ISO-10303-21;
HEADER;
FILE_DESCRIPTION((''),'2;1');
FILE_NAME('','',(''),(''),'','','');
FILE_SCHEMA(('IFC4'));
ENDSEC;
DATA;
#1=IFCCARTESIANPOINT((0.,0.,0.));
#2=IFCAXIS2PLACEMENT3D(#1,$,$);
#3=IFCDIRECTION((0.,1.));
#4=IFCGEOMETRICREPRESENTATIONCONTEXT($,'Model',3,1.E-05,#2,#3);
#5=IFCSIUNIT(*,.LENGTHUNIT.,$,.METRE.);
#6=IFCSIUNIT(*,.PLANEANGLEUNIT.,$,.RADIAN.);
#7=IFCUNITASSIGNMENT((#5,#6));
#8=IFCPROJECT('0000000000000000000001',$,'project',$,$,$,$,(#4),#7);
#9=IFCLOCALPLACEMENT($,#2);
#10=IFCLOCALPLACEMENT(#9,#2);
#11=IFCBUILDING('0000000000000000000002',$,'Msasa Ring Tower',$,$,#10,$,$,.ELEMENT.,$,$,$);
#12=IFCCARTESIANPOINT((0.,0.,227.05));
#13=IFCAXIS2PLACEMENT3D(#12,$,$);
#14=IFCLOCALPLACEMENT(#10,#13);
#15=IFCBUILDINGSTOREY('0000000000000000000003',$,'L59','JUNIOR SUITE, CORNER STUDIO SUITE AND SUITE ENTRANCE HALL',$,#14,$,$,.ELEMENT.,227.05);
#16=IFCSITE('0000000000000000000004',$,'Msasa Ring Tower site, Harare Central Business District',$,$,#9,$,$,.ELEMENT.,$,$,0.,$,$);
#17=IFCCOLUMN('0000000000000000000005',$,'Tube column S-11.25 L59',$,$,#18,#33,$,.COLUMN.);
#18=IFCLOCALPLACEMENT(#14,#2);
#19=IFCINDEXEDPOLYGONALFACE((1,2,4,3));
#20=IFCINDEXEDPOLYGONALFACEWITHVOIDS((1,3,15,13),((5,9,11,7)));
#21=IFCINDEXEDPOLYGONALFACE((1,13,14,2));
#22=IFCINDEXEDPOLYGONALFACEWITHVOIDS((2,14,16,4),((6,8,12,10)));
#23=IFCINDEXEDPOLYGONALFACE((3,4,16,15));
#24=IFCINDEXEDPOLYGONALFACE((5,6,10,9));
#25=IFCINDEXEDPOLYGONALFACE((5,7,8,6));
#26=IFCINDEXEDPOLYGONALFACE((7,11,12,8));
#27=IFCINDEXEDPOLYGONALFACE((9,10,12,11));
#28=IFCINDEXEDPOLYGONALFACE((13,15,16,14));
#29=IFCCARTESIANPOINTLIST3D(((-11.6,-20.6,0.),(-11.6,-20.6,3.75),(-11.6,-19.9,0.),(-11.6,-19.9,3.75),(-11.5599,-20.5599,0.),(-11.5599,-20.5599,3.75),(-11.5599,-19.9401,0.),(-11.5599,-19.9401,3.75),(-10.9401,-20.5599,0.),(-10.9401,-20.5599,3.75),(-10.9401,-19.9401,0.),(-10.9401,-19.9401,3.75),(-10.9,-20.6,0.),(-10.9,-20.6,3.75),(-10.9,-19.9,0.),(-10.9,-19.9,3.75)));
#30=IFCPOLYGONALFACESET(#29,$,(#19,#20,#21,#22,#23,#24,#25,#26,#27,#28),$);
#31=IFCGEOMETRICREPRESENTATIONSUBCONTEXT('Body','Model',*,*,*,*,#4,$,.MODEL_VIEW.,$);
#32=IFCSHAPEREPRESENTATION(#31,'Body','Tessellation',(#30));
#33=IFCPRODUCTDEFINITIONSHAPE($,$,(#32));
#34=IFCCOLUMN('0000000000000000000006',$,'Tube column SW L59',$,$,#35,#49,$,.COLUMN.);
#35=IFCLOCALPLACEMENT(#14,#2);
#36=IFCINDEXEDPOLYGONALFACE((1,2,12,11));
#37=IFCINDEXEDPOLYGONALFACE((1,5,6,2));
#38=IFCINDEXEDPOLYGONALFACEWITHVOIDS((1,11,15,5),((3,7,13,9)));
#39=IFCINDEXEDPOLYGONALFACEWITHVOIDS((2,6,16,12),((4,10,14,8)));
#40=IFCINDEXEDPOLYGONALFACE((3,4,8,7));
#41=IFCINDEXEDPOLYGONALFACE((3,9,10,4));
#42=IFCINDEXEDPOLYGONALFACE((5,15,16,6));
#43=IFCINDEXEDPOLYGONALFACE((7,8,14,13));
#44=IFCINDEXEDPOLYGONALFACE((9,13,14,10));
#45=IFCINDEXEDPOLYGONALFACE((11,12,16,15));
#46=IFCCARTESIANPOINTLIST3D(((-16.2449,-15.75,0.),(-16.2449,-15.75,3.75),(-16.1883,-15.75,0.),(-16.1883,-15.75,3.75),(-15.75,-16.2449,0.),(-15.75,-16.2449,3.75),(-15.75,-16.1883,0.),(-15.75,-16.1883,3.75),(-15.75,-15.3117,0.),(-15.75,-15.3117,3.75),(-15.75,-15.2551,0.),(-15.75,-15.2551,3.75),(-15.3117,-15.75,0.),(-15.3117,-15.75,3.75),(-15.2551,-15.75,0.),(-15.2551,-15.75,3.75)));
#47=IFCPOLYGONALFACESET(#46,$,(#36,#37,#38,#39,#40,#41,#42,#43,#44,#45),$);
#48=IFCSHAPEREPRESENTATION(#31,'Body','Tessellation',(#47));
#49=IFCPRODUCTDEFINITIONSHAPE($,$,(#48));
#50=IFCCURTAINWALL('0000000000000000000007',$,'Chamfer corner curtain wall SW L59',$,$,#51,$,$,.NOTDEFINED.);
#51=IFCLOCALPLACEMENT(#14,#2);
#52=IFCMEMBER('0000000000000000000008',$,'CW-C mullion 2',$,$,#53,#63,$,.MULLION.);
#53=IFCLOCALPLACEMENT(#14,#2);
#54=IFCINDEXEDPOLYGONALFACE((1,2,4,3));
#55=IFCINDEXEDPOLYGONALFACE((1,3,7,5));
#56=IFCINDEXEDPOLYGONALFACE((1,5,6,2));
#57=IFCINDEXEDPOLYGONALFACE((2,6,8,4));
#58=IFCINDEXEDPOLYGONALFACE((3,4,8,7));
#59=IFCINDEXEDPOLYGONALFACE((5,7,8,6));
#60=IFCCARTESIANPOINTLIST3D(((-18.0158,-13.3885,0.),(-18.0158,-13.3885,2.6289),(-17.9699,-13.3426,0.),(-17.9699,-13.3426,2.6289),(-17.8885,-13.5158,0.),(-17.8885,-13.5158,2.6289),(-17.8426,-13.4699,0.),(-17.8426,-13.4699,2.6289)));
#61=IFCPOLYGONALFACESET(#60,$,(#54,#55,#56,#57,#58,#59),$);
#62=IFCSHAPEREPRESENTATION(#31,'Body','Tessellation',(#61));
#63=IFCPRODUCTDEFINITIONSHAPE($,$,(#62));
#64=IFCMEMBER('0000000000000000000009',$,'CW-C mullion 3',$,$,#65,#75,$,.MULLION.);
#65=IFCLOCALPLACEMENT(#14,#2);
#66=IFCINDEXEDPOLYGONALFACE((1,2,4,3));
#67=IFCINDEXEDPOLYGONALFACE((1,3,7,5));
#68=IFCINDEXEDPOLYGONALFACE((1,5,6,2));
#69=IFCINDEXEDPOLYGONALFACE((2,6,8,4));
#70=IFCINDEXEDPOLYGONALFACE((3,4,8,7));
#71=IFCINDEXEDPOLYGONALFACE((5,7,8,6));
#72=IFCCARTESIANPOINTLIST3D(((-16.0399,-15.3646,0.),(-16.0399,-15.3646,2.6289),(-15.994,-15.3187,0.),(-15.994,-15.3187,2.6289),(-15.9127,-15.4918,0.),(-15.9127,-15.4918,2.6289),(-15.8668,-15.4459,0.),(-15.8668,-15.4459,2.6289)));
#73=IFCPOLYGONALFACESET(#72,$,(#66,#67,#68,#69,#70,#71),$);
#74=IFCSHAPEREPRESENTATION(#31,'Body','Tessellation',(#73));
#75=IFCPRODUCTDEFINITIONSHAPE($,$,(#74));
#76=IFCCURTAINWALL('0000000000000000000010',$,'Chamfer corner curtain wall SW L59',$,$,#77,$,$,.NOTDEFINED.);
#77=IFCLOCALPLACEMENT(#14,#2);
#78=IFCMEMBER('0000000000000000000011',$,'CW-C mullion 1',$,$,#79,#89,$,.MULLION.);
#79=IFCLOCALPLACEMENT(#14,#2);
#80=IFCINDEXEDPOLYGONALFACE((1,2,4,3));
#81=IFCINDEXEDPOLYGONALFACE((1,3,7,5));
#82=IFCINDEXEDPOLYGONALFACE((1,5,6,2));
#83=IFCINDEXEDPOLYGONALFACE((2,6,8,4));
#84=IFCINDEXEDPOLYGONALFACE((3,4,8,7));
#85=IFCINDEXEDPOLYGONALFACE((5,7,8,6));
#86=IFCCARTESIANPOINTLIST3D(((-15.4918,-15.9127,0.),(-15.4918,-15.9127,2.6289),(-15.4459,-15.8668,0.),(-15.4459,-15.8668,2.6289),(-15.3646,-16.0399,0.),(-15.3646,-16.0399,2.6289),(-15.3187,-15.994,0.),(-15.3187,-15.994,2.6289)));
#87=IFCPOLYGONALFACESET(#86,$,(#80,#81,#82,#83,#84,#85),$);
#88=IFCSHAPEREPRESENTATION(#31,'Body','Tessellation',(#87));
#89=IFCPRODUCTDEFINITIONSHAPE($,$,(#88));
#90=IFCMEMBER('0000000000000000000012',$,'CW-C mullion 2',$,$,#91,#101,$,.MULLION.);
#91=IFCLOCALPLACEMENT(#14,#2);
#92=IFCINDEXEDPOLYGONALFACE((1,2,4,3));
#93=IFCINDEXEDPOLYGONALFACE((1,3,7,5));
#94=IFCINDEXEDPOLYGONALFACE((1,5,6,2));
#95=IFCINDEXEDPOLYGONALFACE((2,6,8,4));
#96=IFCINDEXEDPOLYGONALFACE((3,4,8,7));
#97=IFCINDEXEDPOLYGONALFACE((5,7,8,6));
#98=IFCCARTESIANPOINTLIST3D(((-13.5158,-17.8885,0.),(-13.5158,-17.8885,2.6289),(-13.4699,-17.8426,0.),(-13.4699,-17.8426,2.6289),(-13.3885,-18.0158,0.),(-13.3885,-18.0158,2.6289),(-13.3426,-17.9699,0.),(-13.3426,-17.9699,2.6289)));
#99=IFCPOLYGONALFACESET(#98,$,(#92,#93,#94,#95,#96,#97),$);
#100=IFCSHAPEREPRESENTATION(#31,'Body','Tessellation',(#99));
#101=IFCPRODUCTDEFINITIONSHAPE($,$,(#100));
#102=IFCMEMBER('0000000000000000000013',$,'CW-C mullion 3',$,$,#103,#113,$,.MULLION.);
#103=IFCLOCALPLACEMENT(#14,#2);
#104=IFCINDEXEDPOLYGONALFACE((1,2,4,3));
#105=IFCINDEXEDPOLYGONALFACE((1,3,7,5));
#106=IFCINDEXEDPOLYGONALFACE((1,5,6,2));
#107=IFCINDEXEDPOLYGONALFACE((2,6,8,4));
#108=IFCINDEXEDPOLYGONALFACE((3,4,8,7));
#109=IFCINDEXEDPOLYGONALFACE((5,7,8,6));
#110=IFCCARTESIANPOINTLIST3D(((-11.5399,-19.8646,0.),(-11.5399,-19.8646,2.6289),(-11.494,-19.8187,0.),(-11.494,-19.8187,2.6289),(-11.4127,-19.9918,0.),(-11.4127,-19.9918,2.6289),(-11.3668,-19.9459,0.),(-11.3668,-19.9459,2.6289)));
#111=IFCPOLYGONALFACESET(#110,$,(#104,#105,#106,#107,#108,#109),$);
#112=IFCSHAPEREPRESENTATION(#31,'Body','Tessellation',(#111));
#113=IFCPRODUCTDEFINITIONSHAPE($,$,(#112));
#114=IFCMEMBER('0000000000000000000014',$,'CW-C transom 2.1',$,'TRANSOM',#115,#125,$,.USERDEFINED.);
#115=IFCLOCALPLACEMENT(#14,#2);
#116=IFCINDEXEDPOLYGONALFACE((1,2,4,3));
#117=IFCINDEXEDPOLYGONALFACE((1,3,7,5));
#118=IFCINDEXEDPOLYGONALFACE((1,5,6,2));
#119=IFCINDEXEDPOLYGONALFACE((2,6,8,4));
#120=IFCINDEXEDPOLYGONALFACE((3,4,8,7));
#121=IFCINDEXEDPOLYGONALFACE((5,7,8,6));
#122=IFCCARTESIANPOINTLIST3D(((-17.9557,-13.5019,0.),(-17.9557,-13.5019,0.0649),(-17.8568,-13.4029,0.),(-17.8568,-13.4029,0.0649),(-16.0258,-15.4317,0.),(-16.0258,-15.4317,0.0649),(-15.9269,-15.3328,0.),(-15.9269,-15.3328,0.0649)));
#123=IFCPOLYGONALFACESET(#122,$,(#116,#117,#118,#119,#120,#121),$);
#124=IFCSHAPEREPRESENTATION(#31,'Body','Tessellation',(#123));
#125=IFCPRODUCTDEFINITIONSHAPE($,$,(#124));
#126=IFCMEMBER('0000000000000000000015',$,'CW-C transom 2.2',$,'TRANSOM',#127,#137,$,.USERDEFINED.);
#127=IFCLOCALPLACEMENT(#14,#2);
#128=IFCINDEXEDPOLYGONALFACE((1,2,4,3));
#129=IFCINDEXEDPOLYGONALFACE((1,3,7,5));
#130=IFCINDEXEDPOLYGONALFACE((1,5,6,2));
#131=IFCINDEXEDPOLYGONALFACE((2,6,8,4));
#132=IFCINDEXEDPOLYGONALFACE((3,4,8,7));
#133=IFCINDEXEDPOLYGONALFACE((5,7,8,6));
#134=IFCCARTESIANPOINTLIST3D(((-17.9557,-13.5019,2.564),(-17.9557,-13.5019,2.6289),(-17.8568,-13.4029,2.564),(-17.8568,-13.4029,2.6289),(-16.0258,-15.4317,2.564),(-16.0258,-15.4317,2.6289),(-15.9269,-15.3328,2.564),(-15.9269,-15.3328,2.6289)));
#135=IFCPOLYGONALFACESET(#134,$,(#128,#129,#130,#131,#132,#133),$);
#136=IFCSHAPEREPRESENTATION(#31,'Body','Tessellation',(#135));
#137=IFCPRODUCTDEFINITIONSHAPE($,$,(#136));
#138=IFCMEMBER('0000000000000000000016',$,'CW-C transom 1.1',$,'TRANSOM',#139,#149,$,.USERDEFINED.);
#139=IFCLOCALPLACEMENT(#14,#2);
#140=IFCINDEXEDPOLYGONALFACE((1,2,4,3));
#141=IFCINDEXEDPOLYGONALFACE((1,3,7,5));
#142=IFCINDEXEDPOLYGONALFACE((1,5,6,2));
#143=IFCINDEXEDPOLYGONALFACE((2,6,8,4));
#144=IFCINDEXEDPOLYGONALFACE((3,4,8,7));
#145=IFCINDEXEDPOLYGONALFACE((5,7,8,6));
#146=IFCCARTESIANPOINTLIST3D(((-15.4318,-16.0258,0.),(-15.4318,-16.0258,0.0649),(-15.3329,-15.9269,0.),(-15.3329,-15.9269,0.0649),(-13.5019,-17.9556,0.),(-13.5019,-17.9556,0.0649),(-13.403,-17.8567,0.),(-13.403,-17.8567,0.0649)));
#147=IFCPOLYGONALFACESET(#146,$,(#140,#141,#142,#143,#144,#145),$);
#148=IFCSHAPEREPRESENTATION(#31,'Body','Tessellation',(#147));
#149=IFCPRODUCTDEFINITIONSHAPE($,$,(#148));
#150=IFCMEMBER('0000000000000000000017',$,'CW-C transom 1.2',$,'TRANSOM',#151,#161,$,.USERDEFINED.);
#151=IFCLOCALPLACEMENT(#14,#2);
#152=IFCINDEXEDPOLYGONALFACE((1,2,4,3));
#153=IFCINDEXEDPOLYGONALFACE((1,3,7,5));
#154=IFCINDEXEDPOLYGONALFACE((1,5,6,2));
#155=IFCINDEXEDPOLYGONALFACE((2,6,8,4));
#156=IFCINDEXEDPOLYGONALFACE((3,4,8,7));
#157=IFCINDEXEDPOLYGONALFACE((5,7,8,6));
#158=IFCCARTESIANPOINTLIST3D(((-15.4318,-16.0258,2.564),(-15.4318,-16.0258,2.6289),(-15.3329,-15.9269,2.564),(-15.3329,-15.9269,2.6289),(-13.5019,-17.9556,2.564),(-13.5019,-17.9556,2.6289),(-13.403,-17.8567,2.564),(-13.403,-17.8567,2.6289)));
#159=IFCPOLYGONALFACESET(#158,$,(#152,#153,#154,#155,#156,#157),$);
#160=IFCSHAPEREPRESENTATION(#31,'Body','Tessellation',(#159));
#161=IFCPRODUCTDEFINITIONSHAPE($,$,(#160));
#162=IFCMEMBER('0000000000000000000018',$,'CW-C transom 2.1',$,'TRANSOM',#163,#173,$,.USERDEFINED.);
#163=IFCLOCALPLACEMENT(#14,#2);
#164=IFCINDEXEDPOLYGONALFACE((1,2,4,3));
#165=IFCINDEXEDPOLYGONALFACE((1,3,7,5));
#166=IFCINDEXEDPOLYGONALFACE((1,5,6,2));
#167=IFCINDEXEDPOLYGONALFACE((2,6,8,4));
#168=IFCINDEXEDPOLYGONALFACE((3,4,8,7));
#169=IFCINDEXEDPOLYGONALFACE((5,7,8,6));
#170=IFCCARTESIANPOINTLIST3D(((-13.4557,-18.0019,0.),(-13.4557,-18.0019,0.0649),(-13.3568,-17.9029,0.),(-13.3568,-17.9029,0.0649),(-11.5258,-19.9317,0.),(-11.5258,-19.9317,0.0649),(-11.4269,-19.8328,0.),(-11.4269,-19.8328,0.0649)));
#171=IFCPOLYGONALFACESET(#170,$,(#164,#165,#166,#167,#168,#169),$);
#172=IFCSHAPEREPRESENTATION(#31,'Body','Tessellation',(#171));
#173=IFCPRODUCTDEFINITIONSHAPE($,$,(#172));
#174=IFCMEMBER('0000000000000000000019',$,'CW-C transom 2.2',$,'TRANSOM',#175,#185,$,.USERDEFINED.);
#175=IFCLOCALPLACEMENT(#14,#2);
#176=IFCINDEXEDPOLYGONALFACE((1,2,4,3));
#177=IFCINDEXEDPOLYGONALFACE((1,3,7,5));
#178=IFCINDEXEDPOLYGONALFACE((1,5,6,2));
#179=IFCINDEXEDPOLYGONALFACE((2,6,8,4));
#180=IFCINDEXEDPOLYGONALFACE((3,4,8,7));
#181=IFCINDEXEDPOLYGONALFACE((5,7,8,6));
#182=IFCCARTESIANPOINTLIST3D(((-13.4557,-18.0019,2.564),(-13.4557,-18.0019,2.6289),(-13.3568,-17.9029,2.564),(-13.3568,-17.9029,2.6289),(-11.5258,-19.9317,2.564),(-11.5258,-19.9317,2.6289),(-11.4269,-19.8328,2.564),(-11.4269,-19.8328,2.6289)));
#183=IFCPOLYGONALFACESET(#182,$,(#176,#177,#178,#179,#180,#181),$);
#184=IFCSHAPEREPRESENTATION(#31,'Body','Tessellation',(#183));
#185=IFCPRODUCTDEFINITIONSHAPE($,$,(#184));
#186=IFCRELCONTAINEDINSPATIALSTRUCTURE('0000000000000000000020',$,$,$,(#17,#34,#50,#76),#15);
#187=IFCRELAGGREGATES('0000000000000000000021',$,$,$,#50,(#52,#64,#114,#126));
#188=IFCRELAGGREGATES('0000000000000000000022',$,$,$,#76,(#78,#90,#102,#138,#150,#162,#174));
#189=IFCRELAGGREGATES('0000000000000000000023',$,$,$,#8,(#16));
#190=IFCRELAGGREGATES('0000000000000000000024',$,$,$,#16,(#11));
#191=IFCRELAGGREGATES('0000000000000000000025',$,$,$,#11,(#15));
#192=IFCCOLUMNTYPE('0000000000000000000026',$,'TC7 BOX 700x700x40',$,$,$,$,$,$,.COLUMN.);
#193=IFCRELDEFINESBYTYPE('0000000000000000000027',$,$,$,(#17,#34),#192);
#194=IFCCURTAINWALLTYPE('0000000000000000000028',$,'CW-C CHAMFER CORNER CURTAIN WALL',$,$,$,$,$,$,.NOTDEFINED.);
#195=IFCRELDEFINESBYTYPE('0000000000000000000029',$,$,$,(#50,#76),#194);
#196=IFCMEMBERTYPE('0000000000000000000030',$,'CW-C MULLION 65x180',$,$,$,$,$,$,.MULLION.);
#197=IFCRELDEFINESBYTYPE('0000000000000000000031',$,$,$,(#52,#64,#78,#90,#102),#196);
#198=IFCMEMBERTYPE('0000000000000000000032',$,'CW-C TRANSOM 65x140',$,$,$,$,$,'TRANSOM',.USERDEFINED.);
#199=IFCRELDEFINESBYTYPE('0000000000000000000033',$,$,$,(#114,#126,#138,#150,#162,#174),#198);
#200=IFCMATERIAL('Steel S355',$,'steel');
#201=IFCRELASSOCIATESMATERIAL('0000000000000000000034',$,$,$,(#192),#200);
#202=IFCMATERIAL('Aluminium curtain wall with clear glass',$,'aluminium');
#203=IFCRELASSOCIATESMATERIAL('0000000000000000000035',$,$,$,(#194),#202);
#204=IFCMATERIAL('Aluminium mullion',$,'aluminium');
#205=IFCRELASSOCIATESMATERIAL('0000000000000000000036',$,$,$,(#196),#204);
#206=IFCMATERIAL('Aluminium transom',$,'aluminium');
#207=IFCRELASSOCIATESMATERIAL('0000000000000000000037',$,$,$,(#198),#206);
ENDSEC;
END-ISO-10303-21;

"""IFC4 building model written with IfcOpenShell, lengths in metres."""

from ifc_helpers import new_model, si_unit, direction, frame, origin, origin_2d, place, context, subcontext, project, spatial, rectangle, hollow_rectangle, extrude, material, material_profile, profile_set, type_object, element, aggregate, save


model = new_model("IFC4")

# Units and contexts
model_context = context("Model", 3, precision=1e-05, world=origin(), true_north=direction((0.0, 1.0)))
body_context = subcontext(model_context, "Body", "Model", "MODEL_VIEW")
ifc_project = project(units=[si_unit("LENGTHUNIT", "METRE"), si_unit("PLANEANGLEUNIT", "RADIAN")], contexts=[model_context])

# Site, building, storey
site_placement = place(None, origin())
site = spatial("IfcSite", under=ifc_project, at=site_placement, Name="Msasa Ring Tower site, Harare Central Business District", CompositionType="ELEMENT", RefElevation=0.0)
building_placement = place(site_placement, origin())
building = spatial("IfcBuilding", under=site, at=building_placement, Name="Msasa Ring Tower", CompositionType="ELEMENT")
storey_placement = place(building_placement, frame((0.0, 0.0, 227.05)))
storey = spatial("IfcBuildingStorey", under=building, at=storey_placement, Name="L59", Description="JUNIOR SUITE, CORNER STUDIO SUITE AND SUITE ENTRANCE HALL", CompositionType="ELEMENT", Elevation=227.05)

# Columns
ifc_material_1 = material(Name="Steel S355", Category="steel")
ifc_material_profile_1 = material_profile(ifc_material_1, hollow_rectangle(XDim=0.7, YDim=0.7, WallThickness=0.04, at=origin_2d()), Name="BOX 700x700x40")
ifc_profile_set_1 = profile_set([ifc_material_profile_1], Name="Steel S355")
column_type = type_object("IfcColumnType", Name="TC7 BOX 700x700x40", PredefinedType="COLUMN", material=ifc_profile_set_1)
for number, where, z_axis, x_axis, name in (
    (1, (-11.25, -20.25, 0.0), (0.0, 0.0, 1.0), (0.0, 1.0, 0.0), "Tube column S-11.25 L59"),
    (2, (-15.75, -15.75, 0.0), (0.0, 0.0, 1.0), (0.707107, 0.707107, 0.0), "Tube column SW L59"),
):
    element("IfcColumn", number, at=place(storey_placement, frame(where, z_axis=z_axis, x_axis=x_axis)), inside=storey, type_object=column_type, Name=name, PredefinedType="COLUMN", context=body_context, shape_type="SweptSolid", body=[
        extrude(hollow_rectangle(XDim=0.7, YDim=0.7, WallThickness=0.04, at=origin_2d()), origin(), (0.0, 0.0, 1.0), 3.75),
    ])

# Curtain walls, members
ifc_material_2 = material(Name="Aluminium curtain wall with clear glass", Category="aluminium")
curtain_wall_type = type_object("IfcCurtainWallType", Name="CW-C CHAMFER CORNER CURTAIN WALL", PredefinedType="NOTDEFINED", material=ifc_material_2)
curtain_wall_1_placement = place(storey_placement, origin())
curtain_wall_1 = element("IfcCurtainWall", 3, at=curtain_wall_1_placement, inside=storey, type_object=curtain_wall_type, Name="Chamfer corner curtain wall SW L59", PredefinedType="NOTDEFINED")
ifc_material_3 = material(Name="Aluminium mullion", Category="aluminium")
ifc_material_profile_2 = material_profile(ifc_material_3, rectangle(XDim=0.0649, YDim=0.1799, at=origin_2d()), Name="AL 65x180")
ifc_profile_set_2 = profile_set([ifc_material_profile_2], Name="Aluminium mullion")
member_type_1 = type_object("IfcMemberType", Name="CW-C MULLION 65x180", PredefinedType="MULLION", material=ifc_profile_set_2)
member_1_placement = place(storey_placement, frame((-17.9292, -13.4292, 0.0), z_axis=(0.0, 0.0, 1.0), x_axis=(0.707107, 0.707107, 0.0)))
member_1 = element("IfcMember", 4, at=member_1_placement, type_object=member_type_1, Name="CW-C mullion 2", PredefinedType="MULLION", context=body_context, shape_type="SweptSolid", body=[
    extrude(rectangle(XDim=0.0649, YDim=0.1799, at=origin_2d()), origin(), (0.0, 0.0, 1.0), 2.6289),
])
member_2_placement = place(storey_placement, frame((-15.9534, -15.4053, 0.0), z_axis=(0.0, 0.0, 1.0), x_axis=(0.707107, 0.707107, 0.0)))
member_2 = element("IfcMember", 5, at=member_2_placement, type_object=member_type_1, Name="CW-C mullion 3", PredefinedType="MULLION", context=body_context, shape_type="SweptSolid", body=[
    extrude(rectangle(XDim=0.0649, YDim=0.1799, at=origin_2d()), origin(), (0.0, 0.0, 1.0), 2.6289),
])
curtain_wall_2_placement = place(storey_placement, origin())
curtain_wall_2 = element("IfcCurtainWall", 6, at=curtain_wall_2_placement, inside=storey, type_object=curtain_wall_type, Name="Chamfer corner curtain wall SW L59", PredefinedType="NOTDEFINED")
member_3_placement = place(storey_placement, frame((-15.4053, -15.9534, 0.0), z_axis=(0.0, 0.0, 1.0), x_axis=(0.707107, 0.707107, 0.0)))
member_3 = element("IfcMember", 7, at=member_3_placement, type_object=member_type_1, Name="CW-C mullion 1", PredefinedType="MULLION", context=body_context, shape_type="SweptSolid", body=[
    extrude(rectangle(XDim=0.0649, YDim=0.1799, at=origin_2d()), origin(), (0.0, 0.0, 1.0), 2.6289),
])
member_4_placement = place(storey_placement, frame((-13.4292, -17.9292, 0.0), z_axis=(0.0, 0.0, 1.0), x_axis=(0.707107, 0.707107, 0.0)))
member_4 = element("IfcMember", 8, at=member_4_placement, type_object=member_type_1, Name="CW-C mullion 2", PredefinedType="MULLION", context=body_context, shape_type="SweptSolid", body=[
    extrude(rectangle(XDim=0.0649, YDim=0.1799, at=origin_2d()), origin(), (0.0, 0.0, 1.0), 2.6289),
])
member_5_placement = place(storey_placement, frame((-11.4534, -19.9053, 0.0), z_axis=(0.0, 0.0, 1.0), x_axis=(0.707107, 0.707107, 0.0)))
member_5 = element("IfcMember", 9, at=member_5_placement, type_object=member_type_1, Name="CW-C mullion 3", PredefinedType="MULLION", context=body_context, shape_type="SweptSolid", body=[
    extrude(rectangle(XDim=0.0649, YDim=0.1799, at=origin_2d()), origin(), (0.0, 0.0, 1.0), 2.6289),
])

# Members
ifc_material_4 = material(Name="Aluminium transom", Category="aluminium")
ifc_material_profile_3 = material_profile(ifc_material_4, rectangle(XDim=0.1399, YDim=0.0649, at=origin_2d()), Name="AL 65x140")
ifc_profile_set_3 = profile_set([ifc_material_profile_3], Name="Aluminium transom")
member_type_2 = type_object("IfcMemberType", Name="CW-C TRANSOM 65x140", ElementType="TRANSOM", PredefinedType="USERDEFINED", material=ifc_profile_set_3)
member_6_placement = place(storey_placement, frame((-17.9062, -13.4524, 0.0325), z_axis=(0.707107, -0.707107, 0.0), x_axis=(0.707107, 0.707107, 0.0)))
member_6 = element("IfcMember", 10, at=member_6_placement, type_object=member_type_2, Name="CW-C transom 2.1", ObjectType="TRANSOM", PredefinedType="USERDEFINED", context=body_context, shape_type="SweptSolid", body=[
    extrude(rectangle(XDim=0.1399, YDim=0.0649, at=origin_2d()), origin(), (0.0, 0.0, 1.0), 2.7292),
])
member_7_placement = place(storey_placement, frame((-17.9062, -13.4524, 2.5964), z_axis=(0.707107, -0.707107, 0.0), x_axis=(0.707107, 0.707107, 0.0)))
member_7 = element("IfcMember", 11, at=member_7_placement, type_object=member_type_2, Name="CW-C transom 2.2", ObjectType="TRANSOM", PredefinedType="USERDEFINED", context=body_context, shape_type="SweptSolid", body=[
    extrude(rectangle(XDim=0.1399, YDim=0.0649, at=origin_2d()), origin(), (0.0, 0.0, 1.0), 2.7292),
])
member_8_placement = place(storey_placement, frame((-15.3823, -15.9763, 0.0325), z_axis=(0.707107, -0.707107, 0.0), x_axis=(0.707107, 0.707107, 0.0)))
member_8 = element("IfcMember", 12, at=member_8_placement, type_object=member_type_2, Name="CW-C transom 1.1", ObjectType="TRANSOM", PredefinedType="USERDEFINED", context=body_context, shape_type="SweptSolid", body=[
    extrude(rectangle(XDim=0.1399, YDim=0.0649, at=origin_2d()), origin(), (0.0, 0.0, 1.0), 2.7292),
])
member_9_placement = place(storey_placement, frame((-15.3823, -15.9763, 2.5964), z_axis=(0.707107, -0.707107, 0.0), x_axis=(0.707107, 0.707107, 0.0)))
member_9 = element("IfcMember", 13, at=member_9_placement, type_object=member_type_2, Name="CW-C transom 1.2", ObjectType="TRANSOM", PredefinedType="USERDEFINED", context=body_context, shape_type="SweptSolid", body=[
    extrude(rectangle(XDim=0.1399, YDim=0.0649, at=origin_2d()), origin(), (0.0, 0.0, 1.0), 2.7292),
])
member_10_placement = place(storey_placement, frame((-13.4062, -17.9524, 0.0325), z_axis=(0.707107, -0.707107, 0.0), x_axis=(0.707107, 0.707107, 0.0)))
member_10 = element("IfcMember", 14, at=member_10_placement, type_object=member_type_2, Name="CW-C transom 2.1", ObjectType="TRANSOM", PredefinedType="USERDEFINED", context=body_context, shape_type="SweptSolid", body=[
    extrude(rectangle(XDim=0.1399, YDim=0.0649, at=origin_2d()), origin(), (0.0, 0.0, 1.0), 2.7292),
])
member_11_placement = place(storey_placement, frame((-13.4062, -17.9524, 2.5964), z_axis=(0.707107, -0.707107, 0.0), x_axis=(0.707107, 0.707107, 0.0)))
member_11 = element("IfcMember", 15, at=member_11_placement, type_object=member_type_2, Name="CW-C transom 2.2", ObjectType="TRANSOM", PredefinedType="USERDEFINED", context=body_context, shape_type="SweptSolid", body=[
    extrude(rectangle(XDim=0.1399, YDim=0.0649, at=origin_2d()), origin(), (0.0, 0.0, 1.0), 2.7292),
])

aggregate(curtain_wall_1, [member_1, member_2, member_6, member_7])
aggregate(curtain_wall_2, [member_3, member_4, member_5, member_8, member_9, member_10, member_11])

save(model, "model.ifc")
